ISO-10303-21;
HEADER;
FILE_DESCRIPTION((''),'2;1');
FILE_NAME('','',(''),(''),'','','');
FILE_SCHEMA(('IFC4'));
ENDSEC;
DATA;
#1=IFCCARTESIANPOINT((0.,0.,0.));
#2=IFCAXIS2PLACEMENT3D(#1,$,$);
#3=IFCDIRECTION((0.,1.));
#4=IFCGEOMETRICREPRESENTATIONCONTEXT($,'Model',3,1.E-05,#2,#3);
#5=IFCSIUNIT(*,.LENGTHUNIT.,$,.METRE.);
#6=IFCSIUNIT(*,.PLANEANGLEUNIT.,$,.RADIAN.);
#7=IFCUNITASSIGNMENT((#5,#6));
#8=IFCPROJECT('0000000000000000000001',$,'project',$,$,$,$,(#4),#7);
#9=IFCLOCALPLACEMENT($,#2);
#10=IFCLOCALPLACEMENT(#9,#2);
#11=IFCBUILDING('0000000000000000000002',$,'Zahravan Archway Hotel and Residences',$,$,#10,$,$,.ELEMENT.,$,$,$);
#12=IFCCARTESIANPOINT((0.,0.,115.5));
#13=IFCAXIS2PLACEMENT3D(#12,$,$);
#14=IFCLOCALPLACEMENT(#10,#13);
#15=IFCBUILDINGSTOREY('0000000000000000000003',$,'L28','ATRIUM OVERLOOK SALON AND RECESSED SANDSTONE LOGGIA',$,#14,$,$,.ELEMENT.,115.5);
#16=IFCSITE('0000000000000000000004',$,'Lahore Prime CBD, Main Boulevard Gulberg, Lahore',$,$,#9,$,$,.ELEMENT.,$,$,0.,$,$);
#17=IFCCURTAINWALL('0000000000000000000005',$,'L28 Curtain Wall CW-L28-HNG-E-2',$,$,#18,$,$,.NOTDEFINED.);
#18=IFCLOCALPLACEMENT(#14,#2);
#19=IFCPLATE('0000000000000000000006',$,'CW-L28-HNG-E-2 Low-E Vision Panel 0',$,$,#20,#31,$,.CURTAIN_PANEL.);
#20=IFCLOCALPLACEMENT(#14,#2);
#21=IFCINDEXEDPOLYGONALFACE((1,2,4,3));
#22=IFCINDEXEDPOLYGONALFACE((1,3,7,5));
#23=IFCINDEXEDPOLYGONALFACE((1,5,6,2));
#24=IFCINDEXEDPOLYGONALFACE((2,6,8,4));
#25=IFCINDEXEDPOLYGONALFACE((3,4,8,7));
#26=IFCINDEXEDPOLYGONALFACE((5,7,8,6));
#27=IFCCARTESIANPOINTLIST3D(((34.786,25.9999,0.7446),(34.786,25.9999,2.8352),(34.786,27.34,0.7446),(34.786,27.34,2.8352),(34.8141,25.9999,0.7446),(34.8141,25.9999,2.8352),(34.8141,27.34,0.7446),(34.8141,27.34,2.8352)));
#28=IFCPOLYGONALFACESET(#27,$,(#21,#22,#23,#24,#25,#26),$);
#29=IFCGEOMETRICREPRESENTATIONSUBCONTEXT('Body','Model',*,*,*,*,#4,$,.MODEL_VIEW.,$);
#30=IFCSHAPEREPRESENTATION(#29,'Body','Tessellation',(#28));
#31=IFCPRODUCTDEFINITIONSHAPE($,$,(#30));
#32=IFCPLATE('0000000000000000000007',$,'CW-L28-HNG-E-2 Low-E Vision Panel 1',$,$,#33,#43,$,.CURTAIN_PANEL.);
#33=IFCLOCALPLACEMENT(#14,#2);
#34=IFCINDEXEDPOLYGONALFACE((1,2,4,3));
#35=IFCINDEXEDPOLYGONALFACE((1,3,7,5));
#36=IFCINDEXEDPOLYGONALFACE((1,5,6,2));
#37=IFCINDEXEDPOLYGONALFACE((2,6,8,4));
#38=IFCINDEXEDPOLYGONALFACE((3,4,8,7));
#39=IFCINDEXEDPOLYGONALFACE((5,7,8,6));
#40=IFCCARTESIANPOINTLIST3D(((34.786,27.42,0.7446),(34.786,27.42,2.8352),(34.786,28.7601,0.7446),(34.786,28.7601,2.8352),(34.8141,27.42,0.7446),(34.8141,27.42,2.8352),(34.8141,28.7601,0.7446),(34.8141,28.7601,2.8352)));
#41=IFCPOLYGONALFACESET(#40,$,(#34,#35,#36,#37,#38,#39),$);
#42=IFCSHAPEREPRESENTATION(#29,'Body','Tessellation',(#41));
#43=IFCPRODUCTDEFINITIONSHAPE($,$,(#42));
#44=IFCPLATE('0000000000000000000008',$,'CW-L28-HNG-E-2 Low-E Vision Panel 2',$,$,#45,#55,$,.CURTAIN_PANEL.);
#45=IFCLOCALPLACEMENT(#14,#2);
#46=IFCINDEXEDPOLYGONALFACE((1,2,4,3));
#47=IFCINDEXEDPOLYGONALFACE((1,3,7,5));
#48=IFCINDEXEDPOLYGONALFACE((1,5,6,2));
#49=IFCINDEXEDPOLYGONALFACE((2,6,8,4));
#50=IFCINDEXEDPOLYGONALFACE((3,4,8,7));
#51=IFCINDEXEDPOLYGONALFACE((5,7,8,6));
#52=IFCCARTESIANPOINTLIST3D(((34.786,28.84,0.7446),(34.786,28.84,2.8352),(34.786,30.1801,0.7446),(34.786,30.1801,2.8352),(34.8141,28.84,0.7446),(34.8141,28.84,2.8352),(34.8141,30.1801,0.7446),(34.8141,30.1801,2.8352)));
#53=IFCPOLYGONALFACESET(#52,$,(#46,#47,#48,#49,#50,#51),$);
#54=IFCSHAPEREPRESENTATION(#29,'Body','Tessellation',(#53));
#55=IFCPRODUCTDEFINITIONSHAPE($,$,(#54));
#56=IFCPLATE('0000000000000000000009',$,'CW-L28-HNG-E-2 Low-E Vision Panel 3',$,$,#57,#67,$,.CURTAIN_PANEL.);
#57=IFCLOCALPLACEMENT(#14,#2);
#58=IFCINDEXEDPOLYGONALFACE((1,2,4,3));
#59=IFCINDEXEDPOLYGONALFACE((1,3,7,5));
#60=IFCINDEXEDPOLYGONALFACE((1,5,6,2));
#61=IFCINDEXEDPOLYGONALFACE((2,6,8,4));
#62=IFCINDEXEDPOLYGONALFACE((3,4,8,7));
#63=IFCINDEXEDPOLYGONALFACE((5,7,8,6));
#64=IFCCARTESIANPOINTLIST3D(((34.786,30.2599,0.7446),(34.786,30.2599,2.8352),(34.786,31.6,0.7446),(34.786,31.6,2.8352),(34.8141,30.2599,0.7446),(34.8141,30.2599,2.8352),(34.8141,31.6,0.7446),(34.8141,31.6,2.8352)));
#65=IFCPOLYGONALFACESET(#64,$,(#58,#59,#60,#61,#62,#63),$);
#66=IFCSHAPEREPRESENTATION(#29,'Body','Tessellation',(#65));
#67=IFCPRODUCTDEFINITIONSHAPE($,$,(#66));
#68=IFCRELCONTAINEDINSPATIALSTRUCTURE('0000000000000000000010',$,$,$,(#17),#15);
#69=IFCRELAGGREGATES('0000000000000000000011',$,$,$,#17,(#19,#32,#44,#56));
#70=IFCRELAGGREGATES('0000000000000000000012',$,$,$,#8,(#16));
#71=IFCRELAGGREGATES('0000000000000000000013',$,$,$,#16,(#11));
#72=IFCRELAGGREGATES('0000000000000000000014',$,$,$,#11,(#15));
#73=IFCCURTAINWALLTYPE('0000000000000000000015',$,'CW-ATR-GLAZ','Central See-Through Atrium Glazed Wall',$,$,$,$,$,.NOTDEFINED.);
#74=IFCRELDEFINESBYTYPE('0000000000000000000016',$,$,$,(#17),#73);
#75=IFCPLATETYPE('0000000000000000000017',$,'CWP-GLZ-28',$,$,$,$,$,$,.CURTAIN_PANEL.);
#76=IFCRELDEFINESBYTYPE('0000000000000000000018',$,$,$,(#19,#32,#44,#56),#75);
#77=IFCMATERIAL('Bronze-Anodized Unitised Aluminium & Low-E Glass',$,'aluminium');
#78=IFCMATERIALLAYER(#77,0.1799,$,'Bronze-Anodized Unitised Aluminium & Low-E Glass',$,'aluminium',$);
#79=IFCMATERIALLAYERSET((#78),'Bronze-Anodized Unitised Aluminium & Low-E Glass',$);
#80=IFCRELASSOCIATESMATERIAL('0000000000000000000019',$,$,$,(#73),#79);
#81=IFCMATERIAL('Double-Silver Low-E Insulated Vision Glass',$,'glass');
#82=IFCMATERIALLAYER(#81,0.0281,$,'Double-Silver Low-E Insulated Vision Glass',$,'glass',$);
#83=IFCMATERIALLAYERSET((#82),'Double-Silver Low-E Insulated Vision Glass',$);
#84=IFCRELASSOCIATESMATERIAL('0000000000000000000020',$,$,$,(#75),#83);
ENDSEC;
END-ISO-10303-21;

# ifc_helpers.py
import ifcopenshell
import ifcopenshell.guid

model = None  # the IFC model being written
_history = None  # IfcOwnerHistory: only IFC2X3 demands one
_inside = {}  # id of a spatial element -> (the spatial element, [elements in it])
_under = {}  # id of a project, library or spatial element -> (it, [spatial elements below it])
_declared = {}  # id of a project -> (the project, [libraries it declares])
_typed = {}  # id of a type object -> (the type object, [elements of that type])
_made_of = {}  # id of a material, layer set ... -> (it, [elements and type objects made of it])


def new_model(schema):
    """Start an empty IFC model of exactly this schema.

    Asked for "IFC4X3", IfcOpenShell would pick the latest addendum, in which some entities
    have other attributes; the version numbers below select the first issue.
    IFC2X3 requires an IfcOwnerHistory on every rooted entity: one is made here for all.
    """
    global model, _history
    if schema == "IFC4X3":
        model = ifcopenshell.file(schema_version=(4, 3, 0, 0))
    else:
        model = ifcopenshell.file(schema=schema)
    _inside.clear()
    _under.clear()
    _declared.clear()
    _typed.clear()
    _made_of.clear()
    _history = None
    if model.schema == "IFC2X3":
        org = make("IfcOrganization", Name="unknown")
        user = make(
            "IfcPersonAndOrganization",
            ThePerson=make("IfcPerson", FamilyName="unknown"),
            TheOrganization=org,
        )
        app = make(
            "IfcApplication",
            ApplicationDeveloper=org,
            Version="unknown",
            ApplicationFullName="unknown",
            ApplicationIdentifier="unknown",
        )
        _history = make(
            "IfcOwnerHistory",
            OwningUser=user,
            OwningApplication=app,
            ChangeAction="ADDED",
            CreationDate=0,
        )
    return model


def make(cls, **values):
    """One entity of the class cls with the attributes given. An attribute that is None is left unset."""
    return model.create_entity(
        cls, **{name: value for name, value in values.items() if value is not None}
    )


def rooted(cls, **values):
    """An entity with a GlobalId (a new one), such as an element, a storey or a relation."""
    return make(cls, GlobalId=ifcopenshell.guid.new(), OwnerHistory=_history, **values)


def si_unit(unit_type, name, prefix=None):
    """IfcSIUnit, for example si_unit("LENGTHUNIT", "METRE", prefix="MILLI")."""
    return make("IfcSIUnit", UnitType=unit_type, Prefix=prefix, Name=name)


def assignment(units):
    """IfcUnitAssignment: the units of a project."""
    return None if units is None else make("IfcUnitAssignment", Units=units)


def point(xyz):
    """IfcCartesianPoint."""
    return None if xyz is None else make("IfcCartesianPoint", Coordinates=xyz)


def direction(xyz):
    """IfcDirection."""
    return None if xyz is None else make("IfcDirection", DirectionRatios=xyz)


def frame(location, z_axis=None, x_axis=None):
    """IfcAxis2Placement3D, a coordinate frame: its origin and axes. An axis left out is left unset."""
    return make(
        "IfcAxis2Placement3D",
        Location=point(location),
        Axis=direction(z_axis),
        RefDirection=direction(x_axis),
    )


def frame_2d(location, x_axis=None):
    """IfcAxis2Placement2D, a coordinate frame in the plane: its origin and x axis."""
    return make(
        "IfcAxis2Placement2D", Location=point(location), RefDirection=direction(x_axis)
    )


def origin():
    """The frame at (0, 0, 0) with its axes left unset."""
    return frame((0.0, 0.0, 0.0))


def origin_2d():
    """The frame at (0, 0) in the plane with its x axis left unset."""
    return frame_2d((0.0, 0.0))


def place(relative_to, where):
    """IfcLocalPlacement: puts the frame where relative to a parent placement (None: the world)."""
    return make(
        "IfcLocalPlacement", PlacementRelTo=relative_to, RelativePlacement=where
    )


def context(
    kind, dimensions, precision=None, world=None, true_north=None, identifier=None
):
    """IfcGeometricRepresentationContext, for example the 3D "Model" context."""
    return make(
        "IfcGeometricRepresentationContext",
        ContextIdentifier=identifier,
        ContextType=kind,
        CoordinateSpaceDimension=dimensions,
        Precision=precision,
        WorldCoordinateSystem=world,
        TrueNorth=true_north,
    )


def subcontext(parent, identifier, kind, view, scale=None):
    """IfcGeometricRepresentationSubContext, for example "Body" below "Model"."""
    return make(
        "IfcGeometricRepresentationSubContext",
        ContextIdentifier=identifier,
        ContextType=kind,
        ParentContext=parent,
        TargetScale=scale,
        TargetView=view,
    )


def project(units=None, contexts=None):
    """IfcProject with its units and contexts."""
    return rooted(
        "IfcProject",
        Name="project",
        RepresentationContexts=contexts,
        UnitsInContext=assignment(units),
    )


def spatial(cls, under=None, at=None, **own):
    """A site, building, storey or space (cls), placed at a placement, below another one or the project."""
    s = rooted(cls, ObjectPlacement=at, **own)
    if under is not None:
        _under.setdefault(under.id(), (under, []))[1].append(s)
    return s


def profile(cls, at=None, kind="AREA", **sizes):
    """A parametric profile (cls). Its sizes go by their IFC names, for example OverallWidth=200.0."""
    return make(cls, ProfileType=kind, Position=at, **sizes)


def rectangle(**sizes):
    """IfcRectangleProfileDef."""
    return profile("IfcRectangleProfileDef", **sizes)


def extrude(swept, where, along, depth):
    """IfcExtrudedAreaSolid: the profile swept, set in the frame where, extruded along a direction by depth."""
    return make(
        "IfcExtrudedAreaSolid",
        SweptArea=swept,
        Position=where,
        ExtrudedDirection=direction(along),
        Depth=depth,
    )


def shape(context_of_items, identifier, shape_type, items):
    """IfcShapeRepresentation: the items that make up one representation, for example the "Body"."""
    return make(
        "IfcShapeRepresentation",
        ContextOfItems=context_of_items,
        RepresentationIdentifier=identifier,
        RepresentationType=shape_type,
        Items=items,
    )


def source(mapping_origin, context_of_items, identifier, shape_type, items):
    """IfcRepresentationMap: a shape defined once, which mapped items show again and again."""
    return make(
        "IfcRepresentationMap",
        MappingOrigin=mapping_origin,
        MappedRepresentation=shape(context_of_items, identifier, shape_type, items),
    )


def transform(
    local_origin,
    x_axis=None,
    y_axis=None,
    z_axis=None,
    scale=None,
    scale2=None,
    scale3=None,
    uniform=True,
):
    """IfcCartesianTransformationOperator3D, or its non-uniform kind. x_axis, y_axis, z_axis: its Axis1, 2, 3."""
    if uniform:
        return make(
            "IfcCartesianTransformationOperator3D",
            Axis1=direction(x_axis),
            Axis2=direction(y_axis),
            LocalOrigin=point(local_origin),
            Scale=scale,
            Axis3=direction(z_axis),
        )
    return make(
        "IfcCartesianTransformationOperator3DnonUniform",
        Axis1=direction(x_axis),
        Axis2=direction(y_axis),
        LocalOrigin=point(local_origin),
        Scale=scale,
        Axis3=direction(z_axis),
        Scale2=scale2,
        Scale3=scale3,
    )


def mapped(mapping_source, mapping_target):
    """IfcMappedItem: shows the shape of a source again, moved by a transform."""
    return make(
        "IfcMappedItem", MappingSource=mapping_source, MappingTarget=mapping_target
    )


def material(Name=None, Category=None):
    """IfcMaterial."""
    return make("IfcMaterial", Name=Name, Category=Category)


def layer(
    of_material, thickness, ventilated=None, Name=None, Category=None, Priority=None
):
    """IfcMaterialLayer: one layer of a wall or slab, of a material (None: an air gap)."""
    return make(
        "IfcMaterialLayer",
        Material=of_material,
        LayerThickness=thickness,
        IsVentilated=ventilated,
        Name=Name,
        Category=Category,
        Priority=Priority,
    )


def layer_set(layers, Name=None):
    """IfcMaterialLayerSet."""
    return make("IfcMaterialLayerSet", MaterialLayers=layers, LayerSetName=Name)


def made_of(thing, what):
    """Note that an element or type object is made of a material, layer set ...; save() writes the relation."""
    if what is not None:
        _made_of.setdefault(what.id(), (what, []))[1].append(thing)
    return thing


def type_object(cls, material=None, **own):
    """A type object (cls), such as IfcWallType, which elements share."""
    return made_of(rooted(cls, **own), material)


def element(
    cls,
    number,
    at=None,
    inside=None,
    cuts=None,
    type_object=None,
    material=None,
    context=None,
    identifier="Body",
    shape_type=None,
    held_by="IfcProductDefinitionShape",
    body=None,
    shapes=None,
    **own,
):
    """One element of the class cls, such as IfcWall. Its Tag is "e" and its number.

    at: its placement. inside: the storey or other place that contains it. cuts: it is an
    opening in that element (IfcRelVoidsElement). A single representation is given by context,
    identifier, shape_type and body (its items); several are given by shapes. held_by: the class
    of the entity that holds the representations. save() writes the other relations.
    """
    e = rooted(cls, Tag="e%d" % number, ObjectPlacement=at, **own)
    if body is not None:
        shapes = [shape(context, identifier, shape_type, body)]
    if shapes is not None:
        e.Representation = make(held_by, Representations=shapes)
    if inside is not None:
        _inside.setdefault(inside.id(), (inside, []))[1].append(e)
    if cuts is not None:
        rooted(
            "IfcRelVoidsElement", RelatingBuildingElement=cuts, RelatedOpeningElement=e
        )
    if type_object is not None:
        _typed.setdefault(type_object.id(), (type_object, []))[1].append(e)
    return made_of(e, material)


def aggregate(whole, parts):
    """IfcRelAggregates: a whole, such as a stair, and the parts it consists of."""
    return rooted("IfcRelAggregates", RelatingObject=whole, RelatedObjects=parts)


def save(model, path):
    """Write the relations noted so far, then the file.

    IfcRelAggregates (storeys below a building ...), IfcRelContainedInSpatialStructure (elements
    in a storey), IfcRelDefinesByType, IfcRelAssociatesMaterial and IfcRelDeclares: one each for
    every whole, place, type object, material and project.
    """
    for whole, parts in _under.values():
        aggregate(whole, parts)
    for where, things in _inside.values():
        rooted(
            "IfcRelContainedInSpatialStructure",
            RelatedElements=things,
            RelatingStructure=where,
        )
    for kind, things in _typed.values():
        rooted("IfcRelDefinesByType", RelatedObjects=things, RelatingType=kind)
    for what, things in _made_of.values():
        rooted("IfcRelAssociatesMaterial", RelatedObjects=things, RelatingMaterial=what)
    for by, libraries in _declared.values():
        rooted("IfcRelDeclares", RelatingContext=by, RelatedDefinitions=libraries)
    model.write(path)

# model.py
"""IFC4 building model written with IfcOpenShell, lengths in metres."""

from ifc_helpers import new_model, si_unit, direction, frame, origin, origin_2d, place, context, subcontext, project, spatial, rectangle, extrude, source, transform, mapped, material, layer, layer_set, type_object, element, aggregate, save


model = new_model("IFC4")

# Units and contexts
model_context = context("Model", 3, precision=1e-05, world=origin(), true_north=direction((0.0, 1.0)))
body_context = subcontext(model_context, "Body", "Model", "MODEL_VIEW")
ifc_project = project(units=[si_unit("LENGTHUNIT", "METRE"), si_unit("PLANEANGLEUNIT", "RADIAN")], contexts=[model_context])

# Site, building, storey
site_placement = place(None, origin())
site = spatial("IfcSite", under=ifc_project, at=site_placement, Name="Lahore Prime CBD, Main Boulevard Gulberg, Lahore", CompositionType="ELEMENT", RefElevation=0.0)
building_placement = place(site_placement, origin())
building = spatial("IfcBuilding", under=site, at=building_placement, Name="Zahravan Archway Hotel and Residences", CompositionType="ELEMENT")
storey_placement = place(building_placement, frame((0.0, 0.0, 115.5)))
storey = spatial("IfcBuildingStorey", under=building, at=storey_placement, Name="L28", Description="ATRIUM OVERLOOK SALON AND RECESSED SANDSTONE LOGGIA", CompositionType="ELEMENT", Elevation=115.5)

# Curtain wall
ifc_material_1 = material(Name="Bronze-Anodized Unitised Aluminium & Low-E Glass", Category="aluminium")
ifc_layer_1 = layer(ifc_material_1, 0.1799, Name="Bronze-Anodized Unitised Aluminium & Low-E Glass", Category="aluminium")
ifc_layer_set_1 = layer_set([ifc_layer_1], Name="Bronze-Anodized Unitised Aluminium & Low-E Glass")
curtain_wall_type = type_object("IfcCurtainWallType", Name="CW-ATR-GLAZ", Description="Central See-Through Atrium Glazed Wall", PredefinedType="NOTDEFINED", material=ifc_layer_set_1)
curtain_wall_1_placement = place(storey_placement, origin())
curtain_wall_1 = element("IfcCurtainWall", 1, at=curtain_wall_1_placement, inside=storey, type_object=curtain_wall_type, Name="L28 Curtain Wall CW-L28-HNG-E-2", PredefinedType="NOTDEFINED")

# Plates
ifc_material_2 = material(Name="Double-Silver Low-E Insulated Vision Glass", Category="glass")
ifc_layer_2 = layer(ifc_material_2, 0.0281, Name="Double-Silver Low-E Insulated Vision Glass", Category="glass")
ifc_layer_set_2 = layer_set([ifc_layer_2], Name="Double-Silver Low-E Insulated Vision Glass")
plate_type_1 = type_object("IfcPlateType", Name="CWP-GLZ-28", PredefinedType="CURTAIN_PANEL", material=ifc_layer_set_2)
shared_shape_1 = source(origin(), body_context, "Body", "SweptSolid", [
    extrude(rectangle(XDim=1.3401, YDim=0.0281, at=origin_2d()), origin(), (0.0, 0.0, 1.0), 2.0906),
])
plate_1_placement = place(storey_placement, frame((34.8, 26.6699, 0.7446), z_axis=(0.0, 0.0, 1.0), x_axis=(0.0, 1.0, 0.0)))
plate_1 = element("IfcPlate", 2, at=plate_1_placement, type_object=plate_type_1, Name="CW-L28-HNG-E-2 Low-E Vision Panel 0", PredefinedType="CURTAIN_PANEL", context=body_context, shape_type="MappedRepresentation", body=[
    mapped(shared_shape_1, transform((0.0, 0.0, 0.0), scale=1.0)),
])
plate_2_placement = place(storey_placement, frame((34.8, 28.0901, 0.7446), z_axis=(0.0, 0.0, 1.0), x_axis=(0.0, 1.0, 0.0)))
plate_2 = element("IfcPlate", 3, at=plate_2_placement, type_object=plate_type_1, Name="CW-L28-HNG-E-2 Low-E Vision Panel 1", PredefinedType="CURTAIN_PANEL", context=body_context, shape_type="MappedRepresentation", body=[
    mapped(shared_shape_1, transform((0.0, 0.0, 0.0), scale=1.0)),
])
plate_3_placement = place(storey_placement, frame((34.8, 29.51, 0.7446), z_axis=(0.0, 0.0, 1.0), x_axis=(0.0, 1.0, 0.0)))
plate_3 = element("IfcPlate", 4, at=plate_3_placement, type_object=plate_type_1, Name="CW-L28-HNG-E-2 Low-E Vision Panel 2", PredefinedType="CURTAIN_PANEL", context=body_context, shape_type="MappedRepresentation", body=[
    mapped(shared_shape_1, transform((0.0, 0.0, 0.0), scale=1.0)),
])
plate_4_placement = place(storey_placement, frame((34.8, 30.9299, 0.7446), z_axis=(0.0, 0.0, 1.0), x_axis=(0.0, 1.0, 0.0)))
plate_4 = element("IfcPlate", 5, at=plate_4_placement, type_object=plate_type_1, Name="CW-L28-HNG-E-2 Low-E Vision Panel 3", PredefinedType="CURTAIN_PANEL", context=body_context, shape_type="MappedRepresentation", body=[
    mapped(shared_shape_1, transform((0.0, 0.0, 0.0), scale=1.0)),
])
aggregate(curtain_wall_1, [plate_1, plate_2, plate_3, plate_4])

save(model, "model.ifc")
